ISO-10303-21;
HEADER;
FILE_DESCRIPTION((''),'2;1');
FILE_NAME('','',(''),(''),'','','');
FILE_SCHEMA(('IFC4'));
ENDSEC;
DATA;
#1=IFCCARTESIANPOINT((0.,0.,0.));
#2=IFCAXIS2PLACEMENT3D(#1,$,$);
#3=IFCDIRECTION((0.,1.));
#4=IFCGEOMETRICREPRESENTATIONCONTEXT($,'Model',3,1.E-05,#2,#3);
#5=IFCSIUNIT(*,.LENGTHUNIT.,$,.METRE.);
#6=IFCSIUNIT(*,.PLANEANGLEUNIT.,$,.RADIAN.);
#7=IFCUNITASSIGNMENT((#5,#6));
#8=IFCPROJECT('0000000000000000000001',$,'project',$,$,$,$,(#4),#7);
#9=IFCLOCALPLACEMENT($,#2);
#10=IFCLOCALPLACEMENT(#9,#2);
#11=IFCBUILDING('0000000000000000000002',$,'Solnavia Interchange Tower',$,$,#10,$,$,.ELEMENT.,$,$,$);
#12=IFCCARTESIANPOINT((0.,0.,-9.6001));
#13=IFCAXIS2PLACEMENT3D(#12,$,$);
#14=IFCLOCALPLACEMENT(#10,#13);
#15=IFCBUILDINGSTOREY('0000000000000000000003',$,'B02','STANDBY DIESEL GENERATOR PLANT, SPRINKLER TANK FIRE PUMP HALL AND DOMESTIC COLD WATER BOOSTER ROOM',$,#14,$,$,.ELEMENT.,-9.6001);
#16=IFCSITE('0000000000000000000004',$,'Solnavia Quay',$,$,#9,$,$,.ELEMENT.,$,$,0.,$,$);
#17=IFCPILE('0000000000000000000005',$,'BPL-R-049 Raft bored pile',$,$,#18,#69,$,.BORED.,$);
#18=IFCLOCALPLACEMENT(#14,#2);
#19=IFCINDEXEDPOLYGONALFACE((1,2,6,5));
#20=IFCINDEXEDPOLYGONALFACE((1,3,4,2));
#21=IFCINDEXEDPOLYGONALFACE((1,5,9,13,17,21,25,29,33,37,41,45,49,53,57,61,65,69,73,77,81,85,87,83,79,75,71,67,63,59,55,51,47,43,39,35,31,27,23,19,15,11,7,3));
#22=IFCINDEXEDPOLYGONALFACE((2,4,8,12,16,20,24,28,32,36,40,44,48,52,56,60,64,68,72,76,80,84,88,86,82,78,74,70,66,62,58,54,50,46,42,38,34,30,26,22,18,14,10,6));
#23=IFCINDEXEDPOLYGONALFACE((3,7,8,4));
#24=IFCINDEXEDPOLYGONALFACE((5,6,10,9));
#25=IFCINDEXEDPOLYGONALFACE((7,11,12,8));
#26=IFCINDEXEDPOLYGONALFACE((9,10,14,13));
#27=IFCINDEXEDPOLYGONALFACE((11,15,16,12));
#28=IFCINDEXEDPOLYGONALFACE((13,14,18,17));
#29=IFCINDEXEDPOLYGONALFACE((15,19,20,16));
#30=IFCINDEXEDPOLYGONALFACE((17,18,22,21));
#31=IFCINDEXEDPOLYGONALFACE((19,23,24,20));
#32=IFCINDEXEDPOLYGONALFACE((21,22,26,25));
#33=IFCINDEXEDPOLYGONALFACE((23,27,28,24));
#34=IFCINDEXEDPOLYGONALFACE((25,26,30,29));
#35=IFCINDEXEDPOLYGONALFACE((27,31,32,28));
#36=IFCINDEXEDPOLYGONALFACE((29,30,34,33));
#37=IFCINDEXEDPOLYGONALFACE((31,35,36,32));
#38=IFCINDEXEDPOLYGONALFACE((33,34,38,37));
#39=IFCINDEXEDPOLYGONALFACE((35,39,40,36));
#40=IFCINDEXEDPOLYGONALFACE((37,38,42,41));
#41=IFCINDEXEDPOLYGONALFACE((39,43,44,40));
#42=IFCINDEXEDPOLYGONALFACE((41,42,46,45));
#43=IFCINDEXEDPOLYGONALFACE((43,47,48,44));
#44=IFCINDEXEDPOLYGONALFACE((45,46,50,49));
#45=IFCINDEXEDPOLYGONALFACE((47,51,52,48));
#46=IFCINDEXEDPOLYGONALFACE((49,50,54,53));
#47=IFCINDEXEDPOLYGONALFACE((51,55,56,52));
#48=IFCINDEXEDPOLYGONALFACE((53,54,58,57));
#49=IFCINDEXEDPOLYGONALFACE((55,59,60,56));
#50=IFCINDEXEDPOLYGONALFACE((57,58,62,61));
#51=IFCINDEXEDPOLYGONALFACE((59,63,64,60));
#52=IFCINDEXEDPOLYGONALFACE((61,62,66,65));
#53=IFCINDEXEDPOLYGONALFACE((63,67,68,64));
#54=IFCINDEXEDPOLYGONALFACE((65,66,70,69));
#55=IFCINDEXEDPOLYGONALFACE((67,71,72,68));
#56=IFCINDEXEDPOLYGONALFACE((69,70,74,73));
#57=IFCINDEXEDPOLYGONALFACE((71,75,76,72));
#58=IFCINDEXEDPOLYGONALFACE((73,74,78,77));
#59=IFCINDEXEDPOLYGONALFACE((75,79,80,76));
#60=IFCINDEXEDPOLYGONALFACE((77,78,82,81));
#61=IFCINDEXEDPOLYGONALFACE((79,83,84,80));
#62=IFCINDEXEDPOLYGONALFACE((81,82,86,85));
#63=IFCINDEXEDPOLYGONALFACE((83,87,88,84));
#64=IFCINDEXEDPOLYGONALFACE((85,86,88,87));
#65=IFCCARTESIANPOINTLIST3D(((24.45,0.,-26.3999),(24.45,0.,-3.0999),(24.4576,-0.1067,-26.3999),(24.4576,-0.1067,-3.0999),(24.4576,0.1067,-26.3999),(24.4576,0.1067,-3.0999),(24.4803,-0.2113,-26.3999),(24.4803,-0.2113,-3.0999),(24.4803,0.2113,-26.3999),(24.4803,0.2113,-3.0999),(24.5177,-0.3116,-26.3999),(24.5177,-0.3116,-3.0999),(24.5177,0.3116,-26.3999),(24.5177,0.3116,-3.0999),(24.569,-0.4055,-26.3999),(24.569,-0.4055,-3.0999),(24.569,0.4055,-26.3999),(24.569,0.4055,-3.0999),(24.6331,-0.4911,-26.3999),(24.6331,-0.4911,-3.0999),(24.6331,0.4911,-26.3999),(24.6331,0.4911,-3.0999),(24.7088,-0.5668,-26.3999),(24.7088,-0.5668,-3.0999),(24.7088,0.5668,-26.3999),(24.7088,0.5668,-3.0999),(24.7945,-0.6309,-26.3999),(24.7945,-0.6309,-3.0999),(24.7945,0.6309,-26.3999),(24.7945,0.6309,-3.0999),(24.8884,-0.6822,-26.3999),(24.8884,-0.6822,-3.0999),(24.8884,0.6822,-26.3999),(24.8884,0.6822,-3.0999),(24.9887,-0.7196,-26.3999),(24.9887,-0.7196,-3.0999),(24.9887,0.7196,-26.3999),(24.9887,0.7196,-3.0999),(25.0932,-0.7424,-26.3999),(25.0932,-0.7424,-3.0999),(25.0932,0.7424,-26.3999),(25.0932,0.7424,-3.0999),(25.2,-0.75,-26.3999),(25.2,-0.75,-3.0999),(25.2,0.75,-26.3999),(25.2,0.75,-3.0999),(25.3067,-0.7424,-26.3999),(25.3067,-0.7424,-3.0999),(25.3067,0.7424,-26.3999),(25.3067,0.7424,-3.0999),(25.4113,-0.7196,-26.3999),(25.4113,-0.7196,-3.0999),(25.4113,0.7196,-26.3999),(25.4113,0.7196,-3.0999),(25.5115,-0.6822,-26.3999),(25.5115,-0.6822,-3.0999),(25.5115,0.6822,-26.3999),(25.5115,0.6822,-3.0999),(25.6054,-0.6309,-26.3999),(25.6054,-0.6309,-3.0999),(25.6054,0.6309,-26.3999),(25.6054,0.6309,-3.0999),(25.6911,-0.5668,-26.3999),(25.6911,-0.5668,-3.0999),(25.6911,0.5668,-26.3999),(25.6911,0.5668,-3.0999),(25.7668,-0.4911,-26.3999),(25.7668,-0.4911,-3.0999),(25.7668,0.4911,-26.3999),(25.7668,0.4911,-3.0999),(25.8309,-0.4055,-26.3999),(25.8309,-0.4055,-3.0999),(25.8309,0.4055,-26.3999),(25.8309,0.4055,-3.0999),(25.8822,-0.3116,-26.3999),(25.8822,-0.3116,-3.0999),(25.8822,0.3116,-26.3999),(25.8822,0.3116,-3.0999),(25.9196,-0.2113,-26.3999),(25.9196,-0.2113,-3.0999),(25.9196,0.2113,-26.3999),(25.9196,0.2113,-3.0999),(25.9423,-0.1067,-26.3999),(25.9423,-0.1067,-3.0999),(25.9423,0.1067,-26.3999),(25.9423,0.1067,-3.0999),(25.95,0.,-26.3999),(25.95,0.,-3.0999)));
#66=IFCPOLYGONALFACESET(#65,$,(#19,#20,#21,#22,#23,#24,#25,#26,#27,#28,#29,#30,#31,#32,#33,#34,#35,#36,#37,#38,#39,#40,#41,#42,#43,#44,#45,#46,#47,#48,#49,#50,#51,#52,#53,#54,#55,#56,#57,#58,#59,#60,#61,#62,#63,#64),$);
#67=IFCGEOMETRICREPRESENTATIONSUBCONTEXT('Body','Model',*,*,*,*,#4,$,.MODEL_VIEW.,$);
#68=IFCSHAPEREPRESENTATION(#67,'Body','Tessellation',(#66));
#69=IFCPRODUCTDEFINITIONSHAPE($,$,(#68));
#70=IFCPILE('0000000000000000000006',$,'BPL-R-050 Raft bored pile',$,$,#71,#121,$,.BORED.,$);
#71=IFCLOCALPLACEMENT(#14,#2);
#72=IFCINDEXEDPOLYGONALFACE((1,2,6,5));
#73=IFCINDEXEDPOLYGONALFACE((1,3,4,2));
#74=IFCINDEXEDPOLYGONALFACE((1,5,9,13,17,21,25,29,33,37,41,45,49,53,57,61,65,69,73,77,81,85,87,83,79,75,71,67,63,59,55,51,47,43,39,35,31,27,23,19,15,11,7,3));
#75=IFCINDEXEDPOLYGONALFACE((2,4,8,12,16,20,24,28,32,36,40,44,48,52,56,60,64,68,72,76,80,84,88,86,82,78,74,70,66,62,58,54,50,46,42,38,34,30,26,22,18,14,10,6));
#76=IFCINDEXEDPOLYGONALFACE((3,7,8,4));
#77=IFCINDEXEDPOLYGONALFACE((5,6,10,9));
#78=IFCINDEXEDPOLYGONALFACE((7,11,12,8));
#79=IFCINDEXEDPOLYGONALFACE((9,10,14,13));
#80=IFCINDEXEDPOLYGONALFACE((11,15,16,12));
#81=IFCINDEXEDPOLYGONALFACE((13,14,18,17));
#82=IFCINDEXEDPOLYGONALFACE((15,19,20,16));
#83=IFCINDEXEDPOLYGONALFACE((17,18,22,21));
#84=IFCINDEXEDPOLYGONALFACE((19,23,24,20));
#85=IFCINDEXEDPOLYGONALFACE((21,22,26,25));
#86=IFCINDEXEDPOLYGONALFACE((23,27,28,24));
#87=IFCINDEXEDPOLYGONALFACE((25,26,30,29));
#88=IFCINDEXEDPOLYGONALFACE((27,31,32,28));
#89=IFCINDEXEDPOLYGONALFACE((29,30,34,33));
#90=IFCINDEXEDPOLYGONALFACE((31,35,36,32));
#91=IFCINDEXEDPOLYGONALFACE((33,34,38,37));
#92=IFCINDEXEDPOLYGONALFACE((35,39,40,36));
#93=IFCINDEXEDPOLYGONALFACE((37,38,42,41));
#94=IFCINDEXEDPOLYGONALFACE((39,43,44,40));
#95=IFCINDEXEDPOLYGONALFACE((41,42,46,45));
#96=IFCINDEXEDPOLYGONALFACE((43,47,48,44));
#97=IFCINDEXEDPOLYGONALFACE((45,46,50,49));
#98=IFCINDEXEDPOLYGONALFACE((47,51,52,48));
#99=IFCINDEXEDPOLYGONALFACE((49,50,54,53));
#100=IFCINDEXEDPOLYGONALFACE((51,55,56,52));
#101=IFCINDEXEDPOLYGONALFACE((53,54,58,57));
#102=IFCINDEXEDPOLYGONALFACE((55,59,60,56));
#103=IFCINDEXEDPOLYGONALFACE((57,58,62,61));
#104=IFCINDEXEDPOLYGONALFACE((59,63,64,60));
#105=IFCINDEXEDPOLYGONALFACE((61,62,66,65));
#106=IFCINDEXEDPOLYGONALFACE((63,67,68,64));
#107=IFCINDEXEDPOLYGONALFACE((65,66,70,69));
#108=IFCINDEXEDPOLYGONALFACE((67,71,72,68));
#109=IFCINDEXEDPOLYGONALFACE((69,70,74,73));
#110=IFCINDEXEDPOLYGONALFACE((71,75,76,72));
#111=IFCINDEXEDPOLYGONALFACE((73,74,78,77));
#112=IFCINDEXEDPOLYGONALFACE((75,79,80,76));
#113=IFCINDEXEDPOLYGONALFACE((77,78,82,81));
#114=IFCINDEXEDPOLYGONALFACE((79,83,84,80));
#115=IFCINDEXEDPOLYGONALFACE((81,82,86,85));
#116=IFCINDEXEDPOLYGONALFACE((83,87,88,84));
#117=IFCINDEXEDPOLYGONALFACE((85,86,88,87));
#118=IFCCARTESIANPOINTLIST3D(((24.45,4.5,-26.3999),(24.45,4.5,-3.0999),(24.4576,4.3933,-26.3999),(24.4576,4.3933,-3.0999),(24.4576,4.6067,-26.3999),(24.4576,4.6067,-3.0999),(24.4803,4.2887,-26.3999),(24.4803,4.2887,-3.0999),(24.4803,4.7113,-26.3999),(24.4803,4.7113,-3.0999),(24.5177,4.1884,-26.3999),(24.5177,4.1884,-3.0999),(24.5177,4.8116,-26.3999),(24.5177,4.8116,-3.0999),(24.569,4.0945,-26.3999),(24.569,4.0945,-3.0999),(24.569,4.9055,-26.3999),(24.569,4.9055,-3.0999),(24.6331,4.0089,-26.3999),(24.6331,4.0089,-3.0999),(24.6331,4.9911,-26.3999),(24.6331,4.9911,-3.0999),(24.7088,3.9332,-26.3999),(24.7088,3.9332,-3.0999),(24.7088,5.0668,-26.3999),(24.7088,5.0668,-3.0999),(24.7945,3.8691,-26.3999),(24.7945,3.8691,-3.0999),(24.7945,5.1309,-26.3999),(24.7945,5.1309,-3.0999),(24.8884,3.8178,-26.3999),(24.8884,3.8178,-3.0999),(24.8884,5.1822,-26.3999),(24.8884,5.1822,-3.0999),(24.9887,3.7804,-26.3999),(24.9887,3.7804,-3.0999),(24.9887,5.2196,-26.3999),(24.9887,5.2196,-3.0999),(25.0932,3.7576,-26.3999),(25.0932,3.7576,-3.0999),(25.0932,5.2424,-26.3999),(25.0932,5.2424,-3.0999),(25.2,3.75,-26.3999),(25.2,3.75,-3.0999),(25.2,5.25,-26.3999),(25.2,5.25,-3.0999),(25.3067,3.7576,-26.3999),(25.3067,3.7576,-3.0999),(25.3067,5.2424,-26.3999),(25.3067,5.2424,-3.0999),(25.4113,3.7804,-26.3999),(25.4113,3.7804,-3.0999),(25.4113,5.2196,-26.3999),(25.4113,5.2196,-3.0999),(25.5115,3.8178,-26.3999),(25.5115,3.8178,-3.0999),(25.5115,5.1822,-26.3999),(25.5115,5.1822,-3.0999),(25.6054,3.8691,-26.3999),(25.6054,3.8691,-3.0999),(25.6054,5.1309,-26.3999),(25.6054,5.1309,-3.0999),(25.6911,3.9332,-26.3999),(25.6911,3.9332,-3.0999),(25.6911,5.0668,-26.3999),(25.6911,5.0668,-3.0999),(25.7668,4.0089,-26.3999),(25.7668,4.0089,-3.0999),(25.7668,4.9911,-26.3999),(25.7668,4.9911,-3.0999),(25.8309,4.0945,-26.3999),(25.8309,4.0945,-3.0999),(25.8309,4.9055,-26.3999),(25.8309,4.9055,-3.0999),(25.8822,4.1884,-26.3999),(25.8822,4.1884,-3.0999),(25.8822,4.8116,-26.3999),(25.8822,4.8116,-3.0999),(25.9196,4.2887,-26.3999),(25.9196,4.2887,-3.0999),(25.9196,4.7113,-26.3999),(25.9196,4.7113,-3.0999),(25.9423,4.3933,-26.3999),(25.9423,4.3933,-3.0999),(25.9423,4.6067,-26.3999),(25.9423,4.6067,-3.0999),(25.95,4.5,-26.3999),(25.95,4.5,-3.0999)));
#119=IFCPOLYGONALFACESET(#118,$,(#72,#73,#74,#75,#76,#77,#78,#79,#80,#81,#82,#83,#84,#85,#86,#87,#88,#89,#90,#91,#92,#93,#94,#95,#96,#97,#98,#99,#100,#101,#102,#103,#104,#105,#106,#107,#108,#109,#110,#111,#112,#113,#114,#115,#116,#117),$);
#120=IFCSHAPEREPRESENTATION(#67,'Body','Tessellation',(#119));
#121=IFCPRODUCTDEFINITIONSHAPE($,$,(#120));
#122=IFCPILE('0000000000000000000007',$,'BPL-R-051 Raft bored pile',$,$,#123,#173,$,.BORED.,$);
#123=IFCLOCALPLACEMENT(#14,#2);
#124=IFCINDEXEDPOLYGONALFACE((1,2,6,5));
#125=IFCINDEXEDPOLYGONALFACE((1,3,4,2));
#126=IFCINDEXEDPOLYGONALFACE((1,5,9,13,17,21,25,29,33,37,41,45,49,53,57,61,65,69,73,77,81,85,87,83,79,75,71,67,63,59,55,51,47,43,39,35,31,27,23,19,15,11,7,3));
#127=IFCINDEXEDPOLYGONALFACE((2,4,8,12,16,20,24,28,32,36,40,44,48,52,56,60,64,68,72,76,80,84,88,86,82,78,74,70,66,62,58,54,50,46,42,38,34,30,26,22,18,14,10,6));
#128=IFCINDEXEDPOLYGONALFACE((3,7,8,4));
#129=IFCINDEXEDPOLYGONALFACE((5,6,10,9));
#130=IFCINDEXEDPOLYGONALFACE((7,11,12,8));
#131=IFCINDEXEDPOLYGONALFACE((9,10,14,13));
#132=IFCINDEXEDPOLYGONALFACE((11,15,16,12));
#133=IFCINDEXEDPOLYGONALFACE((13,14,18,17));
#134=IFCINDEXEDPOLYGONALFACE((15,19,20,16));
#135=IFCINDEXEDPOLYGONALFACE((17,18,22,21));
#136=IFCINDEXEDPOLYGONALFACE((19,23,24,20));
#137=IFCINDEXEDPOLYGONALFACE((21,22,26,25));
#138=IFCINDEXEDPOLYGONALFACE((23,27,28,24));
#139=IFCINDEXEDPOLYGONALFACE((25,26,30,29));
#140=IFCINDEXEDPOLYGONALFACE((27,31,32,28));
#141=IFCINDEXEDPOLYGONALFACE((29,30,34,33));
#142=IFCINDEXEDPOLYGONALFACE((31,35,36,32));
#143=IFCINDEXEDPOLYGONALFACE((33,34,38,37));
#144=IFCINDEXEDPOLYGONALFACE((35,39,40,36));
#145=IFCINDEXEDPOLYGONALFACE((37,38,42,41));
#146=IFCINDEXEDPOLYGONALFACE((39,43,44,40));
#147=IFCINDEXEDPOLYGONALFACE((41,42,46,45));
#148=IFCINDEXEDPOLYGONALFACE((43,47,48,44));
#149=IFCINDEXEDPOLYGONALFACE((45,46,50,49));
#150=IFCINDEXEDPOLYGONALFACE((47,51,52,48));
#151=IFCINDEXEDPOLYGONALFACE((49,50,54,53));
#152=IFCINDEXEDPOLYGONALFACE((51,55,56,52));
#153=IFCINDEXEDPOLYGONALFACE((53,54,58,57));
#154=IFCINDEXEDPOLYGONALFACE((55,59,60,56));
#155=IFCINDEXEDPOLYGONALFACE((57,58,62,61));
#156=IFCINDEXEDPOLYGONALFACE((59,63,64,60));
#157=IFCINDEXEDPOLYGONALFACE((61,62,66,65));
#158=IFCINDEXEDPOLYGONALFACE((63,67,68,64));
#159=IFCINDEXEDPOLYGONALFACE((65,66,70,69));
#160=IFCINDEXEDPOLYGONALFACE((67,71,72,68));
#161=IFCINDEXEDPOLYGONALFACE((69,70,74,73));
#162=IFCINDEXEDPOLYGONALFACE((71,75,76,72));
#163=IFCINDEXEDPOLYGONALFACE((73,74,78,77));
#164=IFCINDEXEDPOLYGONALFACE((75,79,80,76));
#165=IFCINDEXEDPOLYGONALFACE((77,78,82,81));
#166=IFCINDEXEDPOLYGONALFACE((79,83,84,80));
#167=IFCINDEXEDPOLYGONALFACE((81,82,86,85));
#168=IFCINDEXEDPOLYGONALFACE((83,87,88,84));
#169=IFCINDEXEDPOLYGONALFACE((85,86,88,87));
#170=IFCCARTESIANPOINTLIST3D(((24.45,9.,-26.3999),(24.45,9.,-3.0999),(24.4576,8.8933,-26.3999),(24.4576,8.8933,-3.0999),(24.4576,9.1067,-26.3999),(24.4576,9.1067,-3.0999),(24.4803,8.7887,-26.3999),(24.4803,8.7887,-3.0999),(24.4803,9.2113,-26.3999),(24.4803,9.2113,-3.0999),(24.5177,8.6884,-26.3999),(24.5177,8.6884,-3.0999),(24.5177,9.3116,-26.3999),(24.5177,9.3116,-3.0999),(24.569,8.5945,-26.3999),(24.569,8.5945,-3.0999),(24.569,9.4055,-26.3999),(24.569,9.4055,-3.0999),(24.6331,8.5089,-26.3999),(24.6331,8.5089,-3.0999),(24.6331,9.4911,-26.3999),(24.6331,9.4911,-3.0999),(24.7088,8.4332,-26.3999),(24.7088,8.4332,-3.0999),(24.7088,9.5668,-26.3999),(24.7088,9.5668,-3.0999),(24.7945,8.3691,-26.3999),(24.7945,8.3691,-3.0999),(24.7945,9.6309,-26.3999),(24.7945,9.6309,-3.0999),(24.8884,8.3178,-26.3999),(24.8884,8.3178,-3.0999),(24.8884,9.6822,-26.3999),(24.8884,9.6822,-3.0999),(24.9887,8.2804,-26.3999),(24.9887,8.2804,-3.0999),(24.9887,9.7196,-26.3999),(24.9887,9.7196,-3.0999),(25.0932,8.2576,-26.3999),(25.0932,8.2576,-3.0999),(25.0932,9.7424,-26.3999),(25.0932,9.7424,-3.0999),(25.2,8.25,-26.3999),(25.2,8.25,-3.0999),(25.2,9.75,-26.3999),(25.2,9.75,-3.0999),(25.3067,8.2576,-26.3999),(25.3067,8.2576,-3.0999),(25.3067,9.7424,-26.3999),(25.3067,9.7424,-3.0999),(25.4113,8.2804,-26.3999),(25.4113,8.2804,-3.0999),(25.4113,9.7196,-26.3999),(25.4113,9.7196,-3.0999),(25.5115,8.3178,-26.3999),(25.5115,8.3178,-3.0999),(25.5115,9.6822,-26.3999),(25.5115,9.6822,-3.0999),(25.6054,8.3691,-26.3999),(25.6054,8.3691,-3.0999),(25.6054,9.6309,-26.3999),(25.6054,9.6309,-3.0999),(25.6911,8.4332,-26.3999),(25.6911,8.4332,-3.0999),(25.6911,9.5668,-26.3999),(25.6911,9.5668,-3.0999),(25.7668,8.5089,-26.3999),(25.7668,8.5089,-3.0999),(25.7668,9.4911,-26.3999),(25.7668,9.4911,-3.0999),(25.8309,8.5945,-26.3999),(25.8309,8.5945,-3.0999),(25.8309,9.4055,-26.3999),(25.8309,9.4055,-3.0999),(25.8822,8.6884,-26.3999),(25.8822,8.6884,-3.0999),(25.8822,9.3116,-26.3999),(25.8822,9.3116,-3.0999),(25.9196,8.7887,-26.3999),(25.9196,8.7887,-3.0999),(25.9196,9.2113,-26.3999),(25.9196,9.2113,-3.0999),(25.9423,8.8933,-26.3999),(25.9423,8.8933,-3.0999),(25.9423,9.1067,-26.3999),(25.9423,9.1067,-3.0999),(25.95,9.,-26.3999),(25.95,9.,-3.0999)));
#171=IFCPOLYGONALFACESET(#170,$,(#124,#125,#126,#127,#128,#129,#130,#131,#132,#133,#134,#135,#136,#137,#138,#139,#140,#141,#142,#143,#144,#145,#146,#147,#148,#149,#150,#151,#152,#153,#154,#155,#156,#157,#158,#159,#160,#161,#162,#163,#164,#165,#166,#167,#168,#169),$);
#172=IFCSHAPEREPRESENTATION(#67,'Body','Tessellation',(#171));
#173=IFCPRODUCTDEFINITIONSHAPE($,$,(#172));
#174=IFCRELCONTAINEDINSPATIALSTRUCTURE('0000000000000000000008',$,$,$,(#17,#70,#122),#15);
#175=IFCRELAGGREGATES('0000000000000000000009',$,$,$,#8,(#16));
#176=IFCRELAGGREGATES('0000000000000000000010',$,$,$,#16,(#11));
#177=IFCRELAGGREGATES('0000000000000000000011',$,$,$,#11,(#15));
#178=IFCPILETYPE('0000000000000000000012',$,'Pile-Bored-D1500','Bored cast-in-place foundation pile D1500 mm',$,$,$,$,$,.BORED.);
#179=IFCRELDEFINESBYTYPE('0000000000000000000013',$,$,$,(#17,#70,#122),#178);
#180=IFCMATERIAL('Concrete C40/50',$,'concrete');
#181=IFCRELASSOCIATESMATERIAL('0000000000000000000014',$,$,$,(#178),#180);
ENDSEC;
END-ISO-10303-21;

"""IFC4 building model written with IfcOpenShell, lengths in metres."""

from ifc_helpers import new_model, si_unit, direction, frame, origin, origin_2d, place, context, subcontext, project, spatial, circle, extrude, material, material_profile, profile_set, type_object, element, save


model = new_model("IFC4")

# Units and contexts
model_context = context("Model", 3, precision=1e-05, world=origin(), true_north=direction((0.0, 1.0)))
body_context = subcontext(model_context, "Body", "Model", "MODEL_VIEW")
ifc_project = project(units=[si_unit("LENGTHUNIT", "METRE"), si_unit("PLANEANGLEUNIT", "RADIAN")], contexts=[model_context])

# Site, building, storey
site_placement = place(None, origin())
site = spatial("IfcSite", under=ifc_project, at=site_placement, Name="Solnavia Quay", CompositionType="ELEMENT", RefElevation=0.0)
building_placement = place(site_placement, origin())
building = spatial("IfcBuilding", under=site, at=building_placement, Name="Solnavia Interchange Tower", CompositionType="ELEMENT")
storey_placement = place(building_placement, frame((0.0, 0.0, -9.6001)))
storey = spatial("IfcBuildingStorey", under=building, at=storey_placement, Name="B02", Description="STANDBY DIESEL GENERATOR PLANT, SPRINKLER TANK FIRE PUMP HALL AND DOMESTIC COLD WATER BOOSTER ROOM", CompositionType="ELEMENT", Elevation=-9.6001)

# Shared definitions
ifc_material_1 = material(Name="Concrete C40/50", Category="concrete")

# Piles
ifc_material_profile_1 = material_profile(ifc_material_1, circle(Radius=0.75, at=origin_2d()), Name="PILE D1500")
ifc_profile_set_1 = profile_set([ifc_material_profile_1], Name="Concrete C40/50")
pile_type = type_object("IfcPileType", Name="Pile-Bored-D1500", Description="Bored cast-in-place foundation pile D1500 mm", PredefinedType="BORED", material=ifc_profile_set_1)
for number, where, z_axis, x_axis, name in (
    (1, (25.2, 0.0, -3.0999), (0.0, 0.0, -1.0), (1.0, 0.0, 0.0), "BPL-R-049 Raft bored pile"),
    (2, (25.2, 4.5, -3.0999), (0.0, 0.0, -1.0), (1.0, 0.0, 0.0), "BPL-R-050 Raft bored pile"),
    (3, (25.2, 9.0, -3.0999), (0.0, 0.0, -1.0), (1.0, 0.0, 0.0), "BPL-R-051 Raft bored pile"),
):
    element("IfcPile", number, at=place(storey_placement, frame(where, z_axis=z_axis, x_axis=x_axis)), inside=storey, type_object=pile_type, Name=name, PredefinedType="BORED", context=body_context, shape_type="SweptSolid", body=[
        extrude(circle(Radius=0.75, at=origin_2d()), origin(), (0.0, 0.0, 1.0), 23.3),
    ])

save(model, "model.ifc")
